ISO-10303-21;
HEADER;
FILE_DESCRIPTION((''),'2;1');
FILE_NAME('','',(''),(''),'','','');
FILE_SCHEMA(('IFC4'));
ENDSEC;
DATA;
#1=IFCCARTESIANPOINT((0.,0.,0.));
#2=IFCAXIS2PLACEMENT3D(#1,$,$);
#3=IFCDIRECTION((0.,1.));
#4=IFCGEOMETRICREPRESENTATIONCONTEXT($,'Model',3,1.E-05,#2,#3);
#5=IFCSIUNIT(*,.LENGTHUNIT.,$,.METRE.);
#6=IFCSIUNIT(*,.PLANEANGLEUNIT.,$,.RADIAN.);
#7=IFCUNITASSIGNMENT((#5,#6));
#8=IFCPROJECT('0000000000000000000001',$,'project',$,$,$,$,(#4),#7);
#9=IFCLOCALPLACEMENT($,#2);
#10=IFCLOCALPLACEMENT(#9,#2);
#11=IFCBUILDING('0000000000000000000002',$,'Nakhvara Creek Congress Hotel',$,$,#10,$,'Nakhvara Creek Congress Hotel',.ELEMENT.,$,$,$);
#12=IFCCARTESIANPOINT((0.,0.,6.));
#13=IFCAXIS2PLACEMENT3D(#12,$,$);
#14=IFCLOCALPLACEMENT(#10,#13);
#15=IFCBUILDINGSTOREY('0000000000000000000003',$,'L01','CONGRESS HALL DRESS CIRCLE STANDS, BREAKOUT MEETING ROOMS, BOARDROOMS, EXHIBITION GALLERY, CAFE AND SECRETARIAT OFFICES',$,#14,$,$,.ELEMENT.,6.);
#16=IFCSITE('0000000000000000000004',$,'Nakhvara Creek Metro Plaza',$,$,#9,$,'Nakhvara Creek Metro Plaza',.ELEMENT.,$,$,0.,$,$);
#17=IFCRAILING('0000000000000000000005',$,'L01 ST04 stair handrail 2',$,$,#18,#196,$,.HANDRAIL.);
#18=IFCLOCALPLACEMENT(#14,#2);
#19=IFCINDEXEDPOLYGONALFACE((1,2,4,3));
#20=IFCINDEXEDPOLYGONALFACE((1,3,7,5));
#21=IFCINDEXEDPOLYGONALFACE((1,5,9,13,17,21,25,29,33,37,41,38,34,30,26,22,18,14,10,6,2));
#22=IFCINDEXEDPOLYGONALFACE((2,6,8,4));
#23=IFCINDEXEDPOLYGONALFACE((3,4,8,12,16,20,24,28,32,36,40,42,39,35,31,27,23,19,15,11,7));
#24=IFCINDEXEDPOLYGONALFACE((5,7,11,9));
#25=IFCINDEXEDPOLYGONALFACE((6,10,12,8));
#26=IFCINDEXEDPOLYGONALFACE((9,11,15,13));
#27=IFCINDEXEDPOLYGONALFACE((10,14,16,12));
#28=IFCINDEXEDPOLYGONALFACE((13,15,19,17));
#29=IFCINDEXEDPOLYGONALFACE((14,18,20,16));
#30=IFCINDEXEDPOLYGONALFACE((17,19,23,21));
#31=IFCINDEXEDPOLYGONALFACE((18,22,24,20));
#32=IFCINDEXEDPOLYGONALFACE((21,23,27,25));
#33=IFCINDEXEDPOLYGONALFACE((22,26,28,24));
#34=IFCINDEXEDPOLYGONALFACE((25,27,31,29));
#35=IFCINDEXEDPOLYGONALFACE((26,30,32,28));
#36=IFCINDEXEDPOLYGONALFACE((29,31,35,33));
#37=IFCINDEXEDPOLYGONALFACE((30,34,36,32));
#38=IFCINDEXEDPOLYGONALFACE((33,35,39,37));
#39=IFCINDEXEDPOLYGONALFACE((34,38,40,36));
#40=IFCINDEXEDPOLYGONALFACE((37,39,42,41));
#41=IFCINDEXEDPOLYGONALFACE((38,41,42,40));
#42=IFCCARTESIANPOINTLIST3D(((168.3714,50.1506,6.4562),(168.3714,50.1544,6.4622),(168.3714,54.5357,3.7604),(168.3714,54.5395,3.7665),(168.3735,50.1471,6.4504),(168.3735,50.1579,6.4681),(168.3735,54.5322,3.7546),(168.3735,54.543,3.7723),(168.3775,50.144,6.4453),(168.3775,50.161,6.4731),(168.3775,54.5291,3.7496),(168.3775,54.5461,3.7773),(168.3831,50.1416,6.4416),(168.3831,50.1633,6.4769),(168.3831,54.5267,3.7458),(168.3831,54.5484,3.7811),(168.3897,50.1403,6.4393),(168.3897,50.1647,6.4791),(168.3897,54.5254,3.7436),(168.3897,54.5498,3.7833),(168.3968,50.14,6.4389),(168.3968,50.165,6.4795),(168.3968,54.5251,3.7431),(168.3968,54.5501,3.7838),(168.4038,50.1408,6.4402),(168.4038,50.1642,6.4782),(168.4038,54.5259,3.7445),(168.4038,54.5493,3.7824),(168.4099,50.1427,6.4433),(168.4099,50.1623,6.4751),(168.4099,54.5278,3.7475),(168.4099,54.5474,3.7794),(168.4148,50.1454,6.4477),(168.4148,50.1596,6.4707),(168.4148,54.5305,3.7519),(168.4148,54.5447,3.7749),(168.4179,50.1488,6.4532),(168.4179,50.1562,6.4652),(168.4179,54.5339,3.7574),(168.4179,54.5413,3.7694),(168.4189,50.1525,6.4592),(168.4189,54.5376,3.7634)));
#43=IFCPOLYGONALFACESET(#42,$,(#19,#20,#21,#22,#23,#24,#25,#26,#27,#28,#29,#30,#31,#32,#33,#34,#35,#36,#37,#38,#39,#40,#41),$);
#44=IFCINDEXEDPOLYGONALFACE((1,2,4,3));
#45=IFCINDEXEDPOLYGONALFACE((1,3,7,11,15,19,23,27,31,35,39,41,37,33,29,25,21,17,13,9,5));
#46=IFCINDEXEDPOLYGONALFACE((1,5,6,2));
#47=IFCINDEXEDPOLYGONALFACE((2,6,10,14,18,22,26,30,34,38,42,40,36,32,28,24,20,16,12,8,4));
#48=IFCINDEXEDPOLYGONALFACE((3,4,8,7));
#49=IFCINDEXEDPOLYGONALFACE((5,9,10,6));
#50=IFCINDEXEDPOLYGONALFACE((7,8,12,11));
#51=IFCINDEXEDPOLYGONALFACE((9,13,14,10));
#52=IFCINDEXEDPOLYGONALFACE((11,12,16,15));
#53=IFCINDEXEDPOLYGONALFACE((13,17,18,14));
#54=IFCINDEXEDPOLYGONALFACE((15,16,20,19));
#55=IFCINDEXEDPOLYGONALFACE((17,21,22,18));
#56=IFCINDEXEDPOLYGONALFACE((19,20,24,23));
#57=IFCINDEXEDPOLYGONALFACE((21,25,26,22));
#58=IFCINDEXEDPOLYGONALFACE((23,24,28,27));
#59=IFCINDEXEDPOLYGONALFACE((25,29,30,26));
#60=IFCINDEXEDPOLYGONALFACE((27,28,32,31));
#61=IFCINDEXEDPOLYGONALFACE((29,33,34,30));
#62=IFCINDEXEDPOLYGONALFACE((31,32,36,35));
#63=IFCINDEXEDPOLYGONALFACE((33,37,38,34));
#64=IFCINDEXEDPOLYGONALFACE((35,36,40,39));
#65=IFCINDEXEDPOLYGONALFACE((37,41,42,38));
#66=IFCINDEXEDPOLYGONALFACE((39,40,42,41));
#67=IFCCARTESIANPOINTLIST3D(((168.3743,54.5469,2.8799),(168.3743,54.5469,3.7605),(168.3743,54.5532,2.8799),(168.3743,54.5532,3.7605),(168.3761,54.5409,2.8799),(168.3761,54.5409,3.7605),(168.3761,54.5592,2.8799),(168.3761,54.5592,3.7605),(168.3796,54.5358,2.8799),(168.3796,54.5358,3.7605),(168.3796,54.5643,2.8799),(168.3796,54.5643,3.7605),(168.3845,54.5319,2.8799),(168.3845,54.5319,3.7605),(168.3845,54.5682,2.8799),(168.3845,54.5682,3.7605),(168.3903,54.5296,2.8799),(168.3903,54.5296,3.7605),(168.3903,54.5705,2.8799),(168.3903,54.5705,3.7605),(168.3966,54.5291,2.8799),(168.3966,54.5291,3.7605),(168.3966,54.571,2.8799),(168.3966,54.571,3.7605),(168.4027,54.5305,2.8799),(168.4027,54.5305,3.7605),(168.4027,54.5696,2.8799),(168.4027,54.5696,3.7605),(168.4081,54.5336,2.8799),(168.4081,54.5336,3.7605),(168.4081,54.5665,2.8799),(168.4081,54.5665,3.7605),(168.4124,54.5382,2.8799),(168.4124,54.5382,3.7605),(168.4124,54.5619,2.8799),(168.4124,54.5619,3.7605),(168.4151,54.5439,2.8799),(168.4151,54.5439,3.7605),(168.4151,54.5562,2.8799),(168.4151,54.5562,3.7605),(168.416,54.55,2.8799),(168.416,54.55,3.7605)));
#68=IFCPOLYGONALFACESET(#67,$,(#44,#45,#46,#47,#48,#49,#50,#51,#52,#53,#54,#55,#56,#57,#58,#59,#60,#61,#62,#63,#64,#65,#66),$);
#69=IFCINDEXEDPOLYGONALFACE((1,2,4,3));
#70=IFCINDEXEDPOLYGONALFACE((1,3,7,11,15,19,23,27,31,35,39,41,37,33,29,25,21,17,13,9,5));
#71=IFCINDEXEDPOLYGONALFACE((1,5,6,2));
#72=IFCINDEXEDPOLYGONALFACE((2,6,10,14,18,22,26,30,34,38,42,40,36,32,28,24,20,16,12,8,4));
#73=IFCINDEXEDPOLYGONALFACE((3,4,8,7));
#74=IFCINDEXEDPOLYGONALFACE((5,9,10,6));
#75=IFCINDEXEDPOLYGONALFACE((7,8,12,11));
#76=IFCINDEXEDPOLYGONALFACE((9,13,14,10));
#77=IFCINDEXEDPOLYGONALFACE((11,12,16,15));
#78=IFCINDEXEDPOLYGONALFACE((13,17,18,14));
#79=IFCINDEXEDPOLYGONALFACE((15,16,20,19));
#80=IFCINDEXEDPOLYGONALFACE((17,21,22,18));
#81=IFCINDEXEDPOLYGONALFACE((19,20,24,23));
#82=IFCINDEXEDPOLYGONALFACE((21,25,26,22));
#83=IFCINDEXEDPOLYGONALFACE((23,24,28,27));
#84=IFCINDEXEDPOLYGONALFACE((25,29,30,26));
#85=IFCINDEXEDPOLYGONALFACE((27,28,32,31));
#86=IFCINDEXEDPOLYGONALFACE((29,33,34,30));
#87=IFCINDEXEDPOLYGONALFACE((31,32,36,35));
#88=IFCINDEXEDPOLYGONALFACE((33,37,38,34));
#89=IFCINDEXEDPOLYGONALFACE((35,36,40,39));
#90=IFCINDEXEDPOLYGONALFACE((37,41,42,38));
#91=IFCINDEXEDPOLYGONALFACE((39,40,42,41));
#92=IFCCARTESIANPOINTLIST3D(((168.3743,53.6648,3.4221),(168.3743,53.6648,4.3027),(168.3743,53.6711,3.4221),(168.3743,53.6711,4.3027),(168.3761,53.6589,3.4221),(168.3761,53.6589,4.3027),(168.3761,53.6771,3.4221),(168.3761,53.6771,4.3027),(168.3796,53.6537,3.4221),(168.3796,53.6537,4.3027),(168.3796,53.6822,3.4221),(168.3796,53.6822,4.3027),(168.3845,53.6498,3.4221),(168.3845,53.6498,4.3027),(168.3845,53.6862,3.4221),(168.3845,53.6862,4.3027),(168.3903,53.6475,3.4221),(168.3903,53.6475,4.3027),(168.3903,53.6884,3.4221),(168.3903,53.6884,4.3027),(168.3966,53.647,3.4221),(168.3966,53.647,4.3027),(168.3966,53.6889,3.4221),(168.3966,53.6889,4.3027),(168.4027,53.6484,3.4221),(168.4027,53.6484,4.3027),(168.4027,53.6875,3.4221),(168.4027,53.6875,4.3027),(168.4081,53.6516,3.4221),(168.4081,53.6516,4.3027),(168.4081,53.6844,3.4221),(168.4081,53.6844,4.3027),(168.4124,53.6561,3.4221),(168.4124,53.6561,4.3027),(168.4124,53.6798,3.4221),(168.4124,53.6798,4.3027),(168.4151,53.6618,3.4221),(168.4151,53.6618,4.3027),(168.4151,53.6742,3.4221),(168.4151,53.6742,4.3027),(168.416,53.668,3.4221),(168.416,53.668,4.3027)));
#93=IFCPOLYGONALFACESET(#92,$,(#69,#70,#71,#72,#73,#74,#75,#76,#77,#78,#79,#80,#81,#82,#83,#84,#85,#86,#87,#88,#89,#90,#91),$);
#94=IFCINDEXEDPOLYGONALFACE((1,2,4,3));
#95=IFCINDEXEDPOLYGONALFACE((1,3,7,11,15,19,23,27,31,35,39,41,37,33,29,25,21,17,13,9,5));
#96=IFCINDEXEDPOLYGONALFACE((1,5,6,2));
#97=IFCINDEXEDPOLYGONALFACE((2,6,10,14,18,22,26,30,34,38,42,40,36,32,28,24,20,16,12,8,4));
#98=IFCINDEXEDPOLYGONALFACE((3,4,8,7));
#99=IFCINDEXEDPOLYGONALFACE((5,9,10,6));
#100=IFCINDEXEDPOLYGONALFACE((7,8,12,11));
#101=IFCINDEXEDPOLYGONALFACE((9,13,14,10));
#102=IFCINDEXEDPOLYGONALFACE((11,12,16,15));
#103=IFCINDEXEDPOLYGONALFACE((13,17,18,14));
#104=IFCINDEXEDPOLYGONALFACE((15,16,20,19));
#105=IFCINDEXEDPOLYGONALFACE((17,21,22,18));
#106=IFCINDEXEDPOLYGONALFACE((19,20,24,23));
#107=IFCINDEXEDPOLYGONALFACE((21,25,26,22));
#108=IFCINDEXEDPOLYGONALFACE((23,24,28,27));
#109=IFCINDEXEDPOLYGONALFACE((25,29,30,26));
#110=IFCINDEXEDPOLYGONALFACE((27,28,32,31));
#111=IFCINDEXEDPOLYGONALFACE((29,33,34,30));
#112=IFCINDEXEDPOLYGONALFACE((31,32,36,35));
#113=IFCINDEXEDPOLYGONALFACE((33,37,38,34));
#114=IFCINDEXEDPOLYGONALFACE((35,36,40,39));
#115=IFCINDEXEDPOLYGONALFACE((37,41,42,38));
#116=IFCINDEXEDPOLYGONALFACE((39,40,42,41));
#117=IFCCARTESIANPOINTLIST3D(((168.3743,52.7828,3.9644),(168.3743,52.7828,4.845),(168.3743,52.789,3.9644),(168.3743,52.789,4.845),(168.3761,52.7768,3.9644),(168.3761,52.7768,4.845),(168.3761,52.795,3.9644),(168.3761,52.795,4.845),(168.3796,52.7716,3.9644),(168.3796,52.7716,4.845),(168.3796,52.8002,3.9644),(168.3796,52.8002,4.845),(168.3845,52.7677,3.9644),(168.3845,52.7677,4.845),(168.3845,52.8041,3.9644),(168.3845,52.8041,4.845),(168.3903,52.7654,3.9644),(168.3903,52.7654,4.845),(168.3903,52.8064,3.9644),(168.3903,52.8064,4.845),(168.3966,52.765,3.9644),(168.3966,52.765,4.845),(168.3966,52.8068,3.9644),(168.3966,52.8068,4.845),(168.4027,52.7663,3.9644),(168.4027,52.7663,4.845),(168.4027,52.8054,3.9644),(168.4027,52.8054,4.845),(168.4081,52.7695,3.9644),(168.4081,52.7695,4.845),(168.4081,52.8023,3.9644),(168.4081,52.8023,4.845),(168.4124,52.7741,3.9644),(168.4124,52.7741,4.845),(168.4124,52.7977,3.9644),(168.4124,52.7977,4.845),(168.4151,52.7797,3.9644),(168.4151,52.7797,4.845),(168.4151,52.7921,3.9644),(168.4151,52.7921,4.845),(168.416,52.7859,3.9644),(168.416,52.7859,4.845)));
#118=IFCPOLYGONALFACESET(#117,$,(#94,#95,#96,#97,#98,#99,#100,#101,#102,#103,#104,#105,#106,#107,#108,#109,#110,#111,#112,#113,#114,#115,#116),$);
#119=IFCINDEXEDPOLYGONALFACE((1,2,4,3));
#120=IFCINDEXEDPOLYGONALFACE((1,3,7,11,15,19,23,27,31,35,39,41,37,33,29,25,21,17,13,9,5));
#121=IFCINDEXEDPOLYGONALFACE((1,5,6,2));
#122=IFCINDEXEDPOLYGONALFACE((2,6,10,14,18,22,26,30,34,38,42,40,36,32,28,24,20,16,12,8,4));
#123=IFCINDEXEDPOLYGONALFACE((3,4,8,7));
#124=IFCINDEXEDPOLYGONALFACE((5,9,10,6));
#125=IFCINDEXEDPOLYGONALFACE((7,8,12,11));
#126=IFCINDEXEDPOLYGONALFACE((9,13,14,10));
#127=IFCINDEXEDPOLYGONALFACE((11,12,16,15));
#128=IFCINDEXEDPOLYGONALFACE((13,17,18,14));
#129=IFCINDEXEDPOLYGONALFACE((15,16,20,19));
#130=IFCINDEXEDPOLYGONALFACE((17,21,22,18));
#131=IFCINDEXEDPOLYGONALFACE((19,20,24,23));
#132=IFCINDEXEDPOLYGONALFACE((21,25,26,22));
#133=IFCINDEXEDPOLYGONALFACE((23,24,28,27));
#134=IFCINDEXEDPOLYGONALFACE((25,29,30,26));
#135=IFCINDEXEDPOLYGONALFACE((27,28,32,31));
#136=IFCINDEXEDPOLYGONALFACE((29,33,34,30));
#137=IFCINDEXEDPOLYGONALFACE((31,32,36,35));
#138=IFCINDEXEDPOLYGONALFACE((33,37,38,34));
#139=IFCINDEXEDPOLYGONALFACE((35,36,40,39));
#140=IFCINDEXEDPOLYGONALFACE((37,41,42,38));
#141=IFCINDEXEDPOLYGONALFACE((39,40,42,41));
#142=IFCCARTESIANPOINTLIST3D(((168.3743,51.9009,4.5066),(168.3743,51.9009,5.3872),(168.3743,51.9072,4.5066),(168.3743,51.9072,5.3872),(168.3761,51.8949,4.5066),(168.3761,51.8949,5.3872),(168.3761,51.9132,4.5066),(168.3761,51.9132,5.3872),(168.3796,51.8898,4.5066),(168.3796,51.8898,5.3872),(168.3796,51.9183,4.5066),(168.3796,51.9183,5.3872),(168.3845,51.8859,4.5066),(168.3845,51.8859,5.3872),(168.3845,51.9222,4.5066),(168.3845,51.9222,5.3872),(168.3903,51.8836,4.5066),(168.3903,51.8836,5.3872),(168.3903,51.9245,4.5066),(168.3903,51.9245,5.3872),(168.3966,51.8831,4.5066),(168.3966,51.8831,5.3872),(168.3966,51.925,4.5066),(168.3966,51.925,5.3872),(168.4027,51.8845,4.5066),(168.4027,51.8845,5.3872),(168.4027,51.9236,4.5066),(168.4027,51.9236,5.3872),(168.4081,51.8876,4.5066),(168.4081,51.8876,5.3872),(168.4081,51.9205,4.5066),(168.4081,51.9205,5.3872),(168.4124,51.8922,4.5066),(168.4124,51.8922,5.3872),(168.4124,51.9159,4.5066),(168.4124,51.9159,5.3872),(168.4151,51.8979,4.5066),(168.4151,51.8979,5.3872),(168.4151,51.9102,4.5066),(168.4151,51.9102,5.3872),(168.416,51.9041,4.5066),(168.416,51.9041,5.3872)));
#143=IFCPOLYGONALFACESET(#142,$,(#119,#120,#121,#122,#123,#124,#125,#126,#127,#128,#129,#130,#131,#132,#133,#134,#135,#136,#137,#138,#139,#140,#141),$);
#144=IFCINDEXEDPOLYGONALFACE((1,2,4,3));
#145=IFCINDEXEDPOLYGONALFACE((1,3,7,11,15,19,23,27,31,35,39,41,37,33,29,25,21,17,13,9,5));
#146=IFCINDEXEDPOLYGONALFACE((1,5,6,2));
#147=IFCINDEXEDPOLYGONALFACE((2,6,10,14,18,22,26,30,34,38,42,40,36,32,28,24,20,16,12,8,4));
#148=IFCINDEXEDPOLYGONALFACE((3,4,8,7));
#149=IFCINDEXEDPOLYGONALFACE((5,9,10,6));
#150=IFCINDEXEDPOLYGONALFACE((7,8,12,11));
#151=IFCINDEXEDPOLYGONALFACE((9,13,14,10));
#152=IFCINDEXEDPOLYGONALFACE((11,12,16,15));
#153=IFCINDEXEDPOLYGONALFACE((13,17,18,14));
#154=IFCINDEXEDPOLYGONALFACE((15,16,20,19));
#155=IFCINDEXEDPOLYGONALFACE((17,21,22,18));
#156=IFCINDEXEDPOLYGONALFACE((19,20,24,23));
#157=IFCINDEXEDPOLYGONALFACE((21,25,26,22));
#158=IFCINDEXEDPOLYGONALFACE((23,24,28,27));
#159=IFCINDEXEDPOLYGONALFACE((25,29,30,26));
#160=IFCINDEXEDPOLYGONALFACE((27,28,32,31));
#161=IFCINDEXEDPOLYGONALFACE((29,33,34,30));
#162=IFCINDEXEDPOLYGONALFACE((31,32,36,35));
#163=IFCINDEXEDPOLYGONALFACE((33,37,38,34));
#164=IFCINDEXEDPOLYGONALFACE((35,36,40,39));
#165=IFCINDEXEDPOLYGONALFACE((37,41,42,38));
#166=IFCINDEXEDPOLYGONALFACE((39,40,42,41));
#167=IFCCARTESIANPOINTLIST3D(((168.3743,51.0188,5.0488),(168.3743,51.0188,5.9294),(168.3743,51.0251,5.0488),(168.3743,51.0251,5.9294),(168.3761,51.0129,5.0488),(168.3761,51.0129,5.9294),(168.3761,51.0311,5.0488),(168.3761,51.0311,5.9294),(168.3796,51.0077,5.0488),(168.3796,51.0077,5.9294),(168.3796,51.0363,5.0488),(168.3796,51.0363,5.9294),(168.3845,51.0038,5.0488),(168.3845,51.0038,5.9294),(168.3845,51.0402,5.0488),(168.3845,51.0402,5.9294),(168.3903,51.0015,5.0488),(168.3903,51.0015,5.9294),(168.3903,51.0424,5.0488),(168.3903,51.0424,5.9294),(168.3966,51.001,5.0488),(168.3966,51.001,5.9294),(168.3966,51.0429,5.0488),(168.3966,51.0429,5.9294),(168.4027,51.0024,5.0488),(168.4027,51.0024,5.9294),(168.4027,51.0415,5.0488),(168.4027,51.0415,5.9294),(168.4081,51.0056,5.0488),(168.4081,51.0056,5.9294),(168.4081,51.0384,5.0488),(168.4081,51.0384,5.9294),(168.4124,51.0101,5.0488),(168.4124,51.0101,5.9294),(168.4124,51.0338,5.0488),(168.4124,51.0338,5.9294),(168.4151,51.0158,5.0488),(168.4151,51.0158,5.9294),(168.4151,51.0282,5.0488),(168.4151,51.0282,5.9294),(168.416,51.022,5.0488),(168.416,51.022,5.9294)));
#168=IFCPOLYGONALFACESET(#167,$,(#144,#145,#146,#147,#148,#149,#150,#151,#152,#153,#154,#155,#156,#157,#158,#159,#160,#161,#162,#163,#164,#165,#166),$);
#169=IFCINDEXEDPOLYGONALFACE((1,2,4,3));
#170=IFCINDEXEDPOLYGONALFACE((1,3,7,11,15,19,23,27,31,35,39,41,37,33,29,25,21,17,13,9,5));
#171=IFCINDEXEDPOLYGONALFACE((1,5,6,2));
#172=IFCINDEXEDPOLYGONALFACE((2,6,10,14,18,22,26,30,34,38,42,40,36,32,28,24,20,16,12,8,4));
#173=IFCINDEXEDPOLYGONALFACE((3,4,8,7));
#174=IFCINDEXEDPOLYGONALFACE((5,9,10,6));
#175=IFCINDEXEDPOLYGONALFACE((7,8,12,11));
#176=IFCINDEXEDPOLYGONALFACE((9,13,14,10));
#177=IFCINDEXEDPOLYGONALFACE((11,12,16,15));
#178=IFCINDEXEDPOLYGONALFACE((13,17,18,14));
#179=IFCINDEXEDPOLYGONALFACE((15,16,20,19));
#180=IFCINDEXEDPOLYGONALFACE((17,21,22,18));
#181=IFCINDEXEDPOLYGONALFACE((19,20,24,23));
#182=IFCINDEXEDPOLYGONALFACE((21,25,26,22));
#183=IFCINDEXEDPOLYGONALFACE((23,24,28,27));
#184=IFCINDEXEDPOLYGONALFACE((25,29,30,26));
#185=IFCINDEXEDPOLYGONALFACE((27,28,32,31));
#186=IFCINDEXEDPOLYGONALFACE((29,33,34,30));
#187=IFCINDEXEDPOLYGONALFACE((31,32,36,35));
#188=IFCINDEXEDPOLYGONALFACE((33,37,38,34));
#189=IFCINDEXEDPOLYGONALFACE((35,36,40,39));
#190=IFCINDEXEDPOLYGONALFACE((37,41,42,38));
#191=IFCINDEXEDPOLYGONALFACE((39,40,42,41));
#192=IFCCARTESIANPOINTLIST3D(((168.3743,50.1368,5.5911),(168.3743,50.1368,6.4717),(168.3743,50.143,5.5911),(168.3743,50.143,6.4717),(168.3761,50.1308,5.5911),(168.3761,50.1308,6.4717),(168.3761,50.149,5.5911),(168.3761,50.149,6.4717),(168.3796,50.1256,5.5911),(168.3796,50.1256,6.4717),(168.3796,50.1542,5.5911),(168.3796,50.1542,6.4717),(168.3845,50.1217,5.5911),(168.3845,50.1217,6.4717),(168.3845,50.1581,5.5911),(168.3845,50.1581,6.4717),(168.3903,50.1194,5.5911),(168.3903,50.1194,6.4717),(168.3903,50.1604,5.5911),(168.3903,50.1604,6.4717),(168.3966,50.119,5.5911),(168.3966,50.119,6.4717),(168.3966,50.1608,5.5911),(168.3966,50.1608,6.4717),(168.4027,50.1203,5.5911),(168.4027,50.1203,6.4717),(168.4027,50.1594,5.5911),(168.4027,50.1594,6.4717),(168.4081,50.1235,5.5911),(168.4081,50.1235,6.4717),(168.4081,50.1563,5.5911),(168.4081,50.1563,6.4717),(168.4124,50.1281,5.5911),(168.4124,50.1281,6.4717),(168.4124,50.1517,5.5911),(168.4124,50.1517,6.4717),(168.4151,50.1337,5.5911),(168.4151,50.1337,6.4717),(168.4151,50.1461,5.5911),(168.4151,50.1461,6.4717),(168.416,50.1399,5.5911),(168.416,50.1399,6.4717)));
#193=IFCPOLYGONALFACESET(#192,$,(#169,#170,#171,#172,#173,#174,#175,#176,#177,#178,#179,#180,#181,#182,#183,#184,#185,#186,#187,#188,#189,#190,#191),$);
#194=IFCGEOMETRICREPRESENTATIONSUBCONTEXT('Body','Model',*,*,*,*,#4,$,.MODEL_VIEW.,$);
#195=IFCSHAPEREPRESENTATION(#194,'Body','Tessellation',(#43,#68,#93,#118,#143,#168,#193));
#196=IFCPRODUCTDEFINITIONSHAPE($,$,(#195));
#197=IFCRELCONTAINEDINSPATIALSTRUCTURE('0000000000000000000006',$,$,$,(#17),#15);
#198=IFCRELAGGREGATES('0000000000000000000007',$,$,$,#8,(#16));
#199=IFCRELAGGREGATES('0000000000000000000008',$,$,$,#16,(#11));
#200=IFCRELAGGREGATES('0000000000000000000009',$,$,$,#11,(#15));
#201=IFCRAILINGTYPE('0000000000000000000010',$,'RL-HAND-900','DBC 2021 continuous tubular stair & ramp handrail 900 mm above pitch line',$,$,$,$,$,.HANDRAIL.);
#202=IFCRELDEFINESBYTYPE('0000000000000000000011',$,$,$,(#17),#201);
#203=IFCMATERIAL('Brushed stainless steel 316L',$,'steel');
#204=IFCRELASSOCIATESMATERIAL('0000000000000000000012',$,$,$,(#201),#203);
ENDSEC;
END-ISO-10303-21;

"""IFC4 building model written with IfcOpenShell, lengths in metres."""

from ifc_helpers import new_model, si_unit, direction, frame, origin, origin_2d, place, context, subcontext, project, spatial, circle, extrude, material, type_object, element, save


model = new_model("IFC4")

# Units and contexts
model_context = context("Model", 3, precision=1e-05, world=origin(), true_north=direction((0.0, 1.0)))
body_context = subcontext(model_context, "Body", "Model", "MODEL_VIEW")
ifc_project = project(units=[si_unit("LENGTHUNIT", "METRE"), si_unit("PLANEANGLEUNIT", "RADIAN")], contexts=[model_context])

# Site, building, storey
site_placement = place(None, origin())
site = spatial("IfcSite", under=ifc_project, at=site_placement, Name="Nakhvara Creek Metro Plaza", LongName="Nakhvara Creek Metro Plaza", CompositionType="ELEMENT", RefElevation=0.0)
building_placement = place(site_placement, origin())
building = spatial("IfcBuilding", under=site, at=building_placement, Name="Nakhvara Creek Congress Hotel", LongName="Nakhvara Creek Congress Hotel", CompositionType="ELEMENT")
storey_placement = place(building_placement, frame((0.0, 0.0, 6.0)))
storey = spatial("IfcBuildingStorey", under=building, at=storey_placement, Name="L01", Description="CONGRESS HALL DRESS CIRCLE STANDS, BREAKOUT MEETING ROOMS, BOARDROOMS, EXHIBITION GALLERY, CAFE AND SECRETARIAT OFFICES", CompositionType="ELEMENT", Elevation=6.0)

# Railing
ifc_material_1 = material(Name="Brushed stainless steel 316L", Category="steel")
railing_type_1 = type_object("IfcRailingType", Name="RL-HAND-900", Description="DBC 2021 continuous tubular stair & ramp handrail 900 mm above pitch line", PredefinedType="HANDRAIL", material=ifc_material_1)
railing_1_placement = place(storey_placement, frame((168.395, 54.55, 2.8799)))
element("IfcRailing", 1, at=railing_1_placement, inside=storey, type_object=railing_type_1, Name="L01 ST04 stair handrail 2", PredefinedType="HANDRAIL", context=body_context, shape_type="SweptSolid", body=[
    extrude(circle(Radius=0.0239, at=origin_2d()), frame((0.0, -0.0125, 0.8835), z_axis=(0.0, -0.851896, 0.523711), x_axis=(1.0, 0.0, 0.0)), (0.0, 0.0, 1.0), 5.1475),
    extrude(circle(Radius=0.021, at=origin_2d()), origin(), (0.0, 0.0, 1.0), 0.8806),
    extrude(circle(Radius=0.021, at=origin_2d()), frame((0.0, -0.8821, 0.5422)), (0.0, 0.0, 1.0), 0.8806),
    extrude(circle(Radius=0.021, at=origin_2d()), frame((0.0, -1.7642, 1.0845)), (0.0, 0.0, 1.0), 0.8806),
    extrude(circle(Radius=0.021, at=origin_2d()), frame((0.0, -2.646, 1.6267)), (0.0, 0.0, 1.0), 0.8806),
    extrude(circle(Radius=0.021, at=origin_2d()), frame((0.0, -3.5281, 2.1689)), (0.0, 0.0, 1.0), 0.8806),
    extrude(circle(Radius=0.021, at=origin_2d()), frame((0.0, -4.4102, 2.7112)), (0.0, 0.0, 1.0), 0.8806),
])

save(model, "model.ifc")
